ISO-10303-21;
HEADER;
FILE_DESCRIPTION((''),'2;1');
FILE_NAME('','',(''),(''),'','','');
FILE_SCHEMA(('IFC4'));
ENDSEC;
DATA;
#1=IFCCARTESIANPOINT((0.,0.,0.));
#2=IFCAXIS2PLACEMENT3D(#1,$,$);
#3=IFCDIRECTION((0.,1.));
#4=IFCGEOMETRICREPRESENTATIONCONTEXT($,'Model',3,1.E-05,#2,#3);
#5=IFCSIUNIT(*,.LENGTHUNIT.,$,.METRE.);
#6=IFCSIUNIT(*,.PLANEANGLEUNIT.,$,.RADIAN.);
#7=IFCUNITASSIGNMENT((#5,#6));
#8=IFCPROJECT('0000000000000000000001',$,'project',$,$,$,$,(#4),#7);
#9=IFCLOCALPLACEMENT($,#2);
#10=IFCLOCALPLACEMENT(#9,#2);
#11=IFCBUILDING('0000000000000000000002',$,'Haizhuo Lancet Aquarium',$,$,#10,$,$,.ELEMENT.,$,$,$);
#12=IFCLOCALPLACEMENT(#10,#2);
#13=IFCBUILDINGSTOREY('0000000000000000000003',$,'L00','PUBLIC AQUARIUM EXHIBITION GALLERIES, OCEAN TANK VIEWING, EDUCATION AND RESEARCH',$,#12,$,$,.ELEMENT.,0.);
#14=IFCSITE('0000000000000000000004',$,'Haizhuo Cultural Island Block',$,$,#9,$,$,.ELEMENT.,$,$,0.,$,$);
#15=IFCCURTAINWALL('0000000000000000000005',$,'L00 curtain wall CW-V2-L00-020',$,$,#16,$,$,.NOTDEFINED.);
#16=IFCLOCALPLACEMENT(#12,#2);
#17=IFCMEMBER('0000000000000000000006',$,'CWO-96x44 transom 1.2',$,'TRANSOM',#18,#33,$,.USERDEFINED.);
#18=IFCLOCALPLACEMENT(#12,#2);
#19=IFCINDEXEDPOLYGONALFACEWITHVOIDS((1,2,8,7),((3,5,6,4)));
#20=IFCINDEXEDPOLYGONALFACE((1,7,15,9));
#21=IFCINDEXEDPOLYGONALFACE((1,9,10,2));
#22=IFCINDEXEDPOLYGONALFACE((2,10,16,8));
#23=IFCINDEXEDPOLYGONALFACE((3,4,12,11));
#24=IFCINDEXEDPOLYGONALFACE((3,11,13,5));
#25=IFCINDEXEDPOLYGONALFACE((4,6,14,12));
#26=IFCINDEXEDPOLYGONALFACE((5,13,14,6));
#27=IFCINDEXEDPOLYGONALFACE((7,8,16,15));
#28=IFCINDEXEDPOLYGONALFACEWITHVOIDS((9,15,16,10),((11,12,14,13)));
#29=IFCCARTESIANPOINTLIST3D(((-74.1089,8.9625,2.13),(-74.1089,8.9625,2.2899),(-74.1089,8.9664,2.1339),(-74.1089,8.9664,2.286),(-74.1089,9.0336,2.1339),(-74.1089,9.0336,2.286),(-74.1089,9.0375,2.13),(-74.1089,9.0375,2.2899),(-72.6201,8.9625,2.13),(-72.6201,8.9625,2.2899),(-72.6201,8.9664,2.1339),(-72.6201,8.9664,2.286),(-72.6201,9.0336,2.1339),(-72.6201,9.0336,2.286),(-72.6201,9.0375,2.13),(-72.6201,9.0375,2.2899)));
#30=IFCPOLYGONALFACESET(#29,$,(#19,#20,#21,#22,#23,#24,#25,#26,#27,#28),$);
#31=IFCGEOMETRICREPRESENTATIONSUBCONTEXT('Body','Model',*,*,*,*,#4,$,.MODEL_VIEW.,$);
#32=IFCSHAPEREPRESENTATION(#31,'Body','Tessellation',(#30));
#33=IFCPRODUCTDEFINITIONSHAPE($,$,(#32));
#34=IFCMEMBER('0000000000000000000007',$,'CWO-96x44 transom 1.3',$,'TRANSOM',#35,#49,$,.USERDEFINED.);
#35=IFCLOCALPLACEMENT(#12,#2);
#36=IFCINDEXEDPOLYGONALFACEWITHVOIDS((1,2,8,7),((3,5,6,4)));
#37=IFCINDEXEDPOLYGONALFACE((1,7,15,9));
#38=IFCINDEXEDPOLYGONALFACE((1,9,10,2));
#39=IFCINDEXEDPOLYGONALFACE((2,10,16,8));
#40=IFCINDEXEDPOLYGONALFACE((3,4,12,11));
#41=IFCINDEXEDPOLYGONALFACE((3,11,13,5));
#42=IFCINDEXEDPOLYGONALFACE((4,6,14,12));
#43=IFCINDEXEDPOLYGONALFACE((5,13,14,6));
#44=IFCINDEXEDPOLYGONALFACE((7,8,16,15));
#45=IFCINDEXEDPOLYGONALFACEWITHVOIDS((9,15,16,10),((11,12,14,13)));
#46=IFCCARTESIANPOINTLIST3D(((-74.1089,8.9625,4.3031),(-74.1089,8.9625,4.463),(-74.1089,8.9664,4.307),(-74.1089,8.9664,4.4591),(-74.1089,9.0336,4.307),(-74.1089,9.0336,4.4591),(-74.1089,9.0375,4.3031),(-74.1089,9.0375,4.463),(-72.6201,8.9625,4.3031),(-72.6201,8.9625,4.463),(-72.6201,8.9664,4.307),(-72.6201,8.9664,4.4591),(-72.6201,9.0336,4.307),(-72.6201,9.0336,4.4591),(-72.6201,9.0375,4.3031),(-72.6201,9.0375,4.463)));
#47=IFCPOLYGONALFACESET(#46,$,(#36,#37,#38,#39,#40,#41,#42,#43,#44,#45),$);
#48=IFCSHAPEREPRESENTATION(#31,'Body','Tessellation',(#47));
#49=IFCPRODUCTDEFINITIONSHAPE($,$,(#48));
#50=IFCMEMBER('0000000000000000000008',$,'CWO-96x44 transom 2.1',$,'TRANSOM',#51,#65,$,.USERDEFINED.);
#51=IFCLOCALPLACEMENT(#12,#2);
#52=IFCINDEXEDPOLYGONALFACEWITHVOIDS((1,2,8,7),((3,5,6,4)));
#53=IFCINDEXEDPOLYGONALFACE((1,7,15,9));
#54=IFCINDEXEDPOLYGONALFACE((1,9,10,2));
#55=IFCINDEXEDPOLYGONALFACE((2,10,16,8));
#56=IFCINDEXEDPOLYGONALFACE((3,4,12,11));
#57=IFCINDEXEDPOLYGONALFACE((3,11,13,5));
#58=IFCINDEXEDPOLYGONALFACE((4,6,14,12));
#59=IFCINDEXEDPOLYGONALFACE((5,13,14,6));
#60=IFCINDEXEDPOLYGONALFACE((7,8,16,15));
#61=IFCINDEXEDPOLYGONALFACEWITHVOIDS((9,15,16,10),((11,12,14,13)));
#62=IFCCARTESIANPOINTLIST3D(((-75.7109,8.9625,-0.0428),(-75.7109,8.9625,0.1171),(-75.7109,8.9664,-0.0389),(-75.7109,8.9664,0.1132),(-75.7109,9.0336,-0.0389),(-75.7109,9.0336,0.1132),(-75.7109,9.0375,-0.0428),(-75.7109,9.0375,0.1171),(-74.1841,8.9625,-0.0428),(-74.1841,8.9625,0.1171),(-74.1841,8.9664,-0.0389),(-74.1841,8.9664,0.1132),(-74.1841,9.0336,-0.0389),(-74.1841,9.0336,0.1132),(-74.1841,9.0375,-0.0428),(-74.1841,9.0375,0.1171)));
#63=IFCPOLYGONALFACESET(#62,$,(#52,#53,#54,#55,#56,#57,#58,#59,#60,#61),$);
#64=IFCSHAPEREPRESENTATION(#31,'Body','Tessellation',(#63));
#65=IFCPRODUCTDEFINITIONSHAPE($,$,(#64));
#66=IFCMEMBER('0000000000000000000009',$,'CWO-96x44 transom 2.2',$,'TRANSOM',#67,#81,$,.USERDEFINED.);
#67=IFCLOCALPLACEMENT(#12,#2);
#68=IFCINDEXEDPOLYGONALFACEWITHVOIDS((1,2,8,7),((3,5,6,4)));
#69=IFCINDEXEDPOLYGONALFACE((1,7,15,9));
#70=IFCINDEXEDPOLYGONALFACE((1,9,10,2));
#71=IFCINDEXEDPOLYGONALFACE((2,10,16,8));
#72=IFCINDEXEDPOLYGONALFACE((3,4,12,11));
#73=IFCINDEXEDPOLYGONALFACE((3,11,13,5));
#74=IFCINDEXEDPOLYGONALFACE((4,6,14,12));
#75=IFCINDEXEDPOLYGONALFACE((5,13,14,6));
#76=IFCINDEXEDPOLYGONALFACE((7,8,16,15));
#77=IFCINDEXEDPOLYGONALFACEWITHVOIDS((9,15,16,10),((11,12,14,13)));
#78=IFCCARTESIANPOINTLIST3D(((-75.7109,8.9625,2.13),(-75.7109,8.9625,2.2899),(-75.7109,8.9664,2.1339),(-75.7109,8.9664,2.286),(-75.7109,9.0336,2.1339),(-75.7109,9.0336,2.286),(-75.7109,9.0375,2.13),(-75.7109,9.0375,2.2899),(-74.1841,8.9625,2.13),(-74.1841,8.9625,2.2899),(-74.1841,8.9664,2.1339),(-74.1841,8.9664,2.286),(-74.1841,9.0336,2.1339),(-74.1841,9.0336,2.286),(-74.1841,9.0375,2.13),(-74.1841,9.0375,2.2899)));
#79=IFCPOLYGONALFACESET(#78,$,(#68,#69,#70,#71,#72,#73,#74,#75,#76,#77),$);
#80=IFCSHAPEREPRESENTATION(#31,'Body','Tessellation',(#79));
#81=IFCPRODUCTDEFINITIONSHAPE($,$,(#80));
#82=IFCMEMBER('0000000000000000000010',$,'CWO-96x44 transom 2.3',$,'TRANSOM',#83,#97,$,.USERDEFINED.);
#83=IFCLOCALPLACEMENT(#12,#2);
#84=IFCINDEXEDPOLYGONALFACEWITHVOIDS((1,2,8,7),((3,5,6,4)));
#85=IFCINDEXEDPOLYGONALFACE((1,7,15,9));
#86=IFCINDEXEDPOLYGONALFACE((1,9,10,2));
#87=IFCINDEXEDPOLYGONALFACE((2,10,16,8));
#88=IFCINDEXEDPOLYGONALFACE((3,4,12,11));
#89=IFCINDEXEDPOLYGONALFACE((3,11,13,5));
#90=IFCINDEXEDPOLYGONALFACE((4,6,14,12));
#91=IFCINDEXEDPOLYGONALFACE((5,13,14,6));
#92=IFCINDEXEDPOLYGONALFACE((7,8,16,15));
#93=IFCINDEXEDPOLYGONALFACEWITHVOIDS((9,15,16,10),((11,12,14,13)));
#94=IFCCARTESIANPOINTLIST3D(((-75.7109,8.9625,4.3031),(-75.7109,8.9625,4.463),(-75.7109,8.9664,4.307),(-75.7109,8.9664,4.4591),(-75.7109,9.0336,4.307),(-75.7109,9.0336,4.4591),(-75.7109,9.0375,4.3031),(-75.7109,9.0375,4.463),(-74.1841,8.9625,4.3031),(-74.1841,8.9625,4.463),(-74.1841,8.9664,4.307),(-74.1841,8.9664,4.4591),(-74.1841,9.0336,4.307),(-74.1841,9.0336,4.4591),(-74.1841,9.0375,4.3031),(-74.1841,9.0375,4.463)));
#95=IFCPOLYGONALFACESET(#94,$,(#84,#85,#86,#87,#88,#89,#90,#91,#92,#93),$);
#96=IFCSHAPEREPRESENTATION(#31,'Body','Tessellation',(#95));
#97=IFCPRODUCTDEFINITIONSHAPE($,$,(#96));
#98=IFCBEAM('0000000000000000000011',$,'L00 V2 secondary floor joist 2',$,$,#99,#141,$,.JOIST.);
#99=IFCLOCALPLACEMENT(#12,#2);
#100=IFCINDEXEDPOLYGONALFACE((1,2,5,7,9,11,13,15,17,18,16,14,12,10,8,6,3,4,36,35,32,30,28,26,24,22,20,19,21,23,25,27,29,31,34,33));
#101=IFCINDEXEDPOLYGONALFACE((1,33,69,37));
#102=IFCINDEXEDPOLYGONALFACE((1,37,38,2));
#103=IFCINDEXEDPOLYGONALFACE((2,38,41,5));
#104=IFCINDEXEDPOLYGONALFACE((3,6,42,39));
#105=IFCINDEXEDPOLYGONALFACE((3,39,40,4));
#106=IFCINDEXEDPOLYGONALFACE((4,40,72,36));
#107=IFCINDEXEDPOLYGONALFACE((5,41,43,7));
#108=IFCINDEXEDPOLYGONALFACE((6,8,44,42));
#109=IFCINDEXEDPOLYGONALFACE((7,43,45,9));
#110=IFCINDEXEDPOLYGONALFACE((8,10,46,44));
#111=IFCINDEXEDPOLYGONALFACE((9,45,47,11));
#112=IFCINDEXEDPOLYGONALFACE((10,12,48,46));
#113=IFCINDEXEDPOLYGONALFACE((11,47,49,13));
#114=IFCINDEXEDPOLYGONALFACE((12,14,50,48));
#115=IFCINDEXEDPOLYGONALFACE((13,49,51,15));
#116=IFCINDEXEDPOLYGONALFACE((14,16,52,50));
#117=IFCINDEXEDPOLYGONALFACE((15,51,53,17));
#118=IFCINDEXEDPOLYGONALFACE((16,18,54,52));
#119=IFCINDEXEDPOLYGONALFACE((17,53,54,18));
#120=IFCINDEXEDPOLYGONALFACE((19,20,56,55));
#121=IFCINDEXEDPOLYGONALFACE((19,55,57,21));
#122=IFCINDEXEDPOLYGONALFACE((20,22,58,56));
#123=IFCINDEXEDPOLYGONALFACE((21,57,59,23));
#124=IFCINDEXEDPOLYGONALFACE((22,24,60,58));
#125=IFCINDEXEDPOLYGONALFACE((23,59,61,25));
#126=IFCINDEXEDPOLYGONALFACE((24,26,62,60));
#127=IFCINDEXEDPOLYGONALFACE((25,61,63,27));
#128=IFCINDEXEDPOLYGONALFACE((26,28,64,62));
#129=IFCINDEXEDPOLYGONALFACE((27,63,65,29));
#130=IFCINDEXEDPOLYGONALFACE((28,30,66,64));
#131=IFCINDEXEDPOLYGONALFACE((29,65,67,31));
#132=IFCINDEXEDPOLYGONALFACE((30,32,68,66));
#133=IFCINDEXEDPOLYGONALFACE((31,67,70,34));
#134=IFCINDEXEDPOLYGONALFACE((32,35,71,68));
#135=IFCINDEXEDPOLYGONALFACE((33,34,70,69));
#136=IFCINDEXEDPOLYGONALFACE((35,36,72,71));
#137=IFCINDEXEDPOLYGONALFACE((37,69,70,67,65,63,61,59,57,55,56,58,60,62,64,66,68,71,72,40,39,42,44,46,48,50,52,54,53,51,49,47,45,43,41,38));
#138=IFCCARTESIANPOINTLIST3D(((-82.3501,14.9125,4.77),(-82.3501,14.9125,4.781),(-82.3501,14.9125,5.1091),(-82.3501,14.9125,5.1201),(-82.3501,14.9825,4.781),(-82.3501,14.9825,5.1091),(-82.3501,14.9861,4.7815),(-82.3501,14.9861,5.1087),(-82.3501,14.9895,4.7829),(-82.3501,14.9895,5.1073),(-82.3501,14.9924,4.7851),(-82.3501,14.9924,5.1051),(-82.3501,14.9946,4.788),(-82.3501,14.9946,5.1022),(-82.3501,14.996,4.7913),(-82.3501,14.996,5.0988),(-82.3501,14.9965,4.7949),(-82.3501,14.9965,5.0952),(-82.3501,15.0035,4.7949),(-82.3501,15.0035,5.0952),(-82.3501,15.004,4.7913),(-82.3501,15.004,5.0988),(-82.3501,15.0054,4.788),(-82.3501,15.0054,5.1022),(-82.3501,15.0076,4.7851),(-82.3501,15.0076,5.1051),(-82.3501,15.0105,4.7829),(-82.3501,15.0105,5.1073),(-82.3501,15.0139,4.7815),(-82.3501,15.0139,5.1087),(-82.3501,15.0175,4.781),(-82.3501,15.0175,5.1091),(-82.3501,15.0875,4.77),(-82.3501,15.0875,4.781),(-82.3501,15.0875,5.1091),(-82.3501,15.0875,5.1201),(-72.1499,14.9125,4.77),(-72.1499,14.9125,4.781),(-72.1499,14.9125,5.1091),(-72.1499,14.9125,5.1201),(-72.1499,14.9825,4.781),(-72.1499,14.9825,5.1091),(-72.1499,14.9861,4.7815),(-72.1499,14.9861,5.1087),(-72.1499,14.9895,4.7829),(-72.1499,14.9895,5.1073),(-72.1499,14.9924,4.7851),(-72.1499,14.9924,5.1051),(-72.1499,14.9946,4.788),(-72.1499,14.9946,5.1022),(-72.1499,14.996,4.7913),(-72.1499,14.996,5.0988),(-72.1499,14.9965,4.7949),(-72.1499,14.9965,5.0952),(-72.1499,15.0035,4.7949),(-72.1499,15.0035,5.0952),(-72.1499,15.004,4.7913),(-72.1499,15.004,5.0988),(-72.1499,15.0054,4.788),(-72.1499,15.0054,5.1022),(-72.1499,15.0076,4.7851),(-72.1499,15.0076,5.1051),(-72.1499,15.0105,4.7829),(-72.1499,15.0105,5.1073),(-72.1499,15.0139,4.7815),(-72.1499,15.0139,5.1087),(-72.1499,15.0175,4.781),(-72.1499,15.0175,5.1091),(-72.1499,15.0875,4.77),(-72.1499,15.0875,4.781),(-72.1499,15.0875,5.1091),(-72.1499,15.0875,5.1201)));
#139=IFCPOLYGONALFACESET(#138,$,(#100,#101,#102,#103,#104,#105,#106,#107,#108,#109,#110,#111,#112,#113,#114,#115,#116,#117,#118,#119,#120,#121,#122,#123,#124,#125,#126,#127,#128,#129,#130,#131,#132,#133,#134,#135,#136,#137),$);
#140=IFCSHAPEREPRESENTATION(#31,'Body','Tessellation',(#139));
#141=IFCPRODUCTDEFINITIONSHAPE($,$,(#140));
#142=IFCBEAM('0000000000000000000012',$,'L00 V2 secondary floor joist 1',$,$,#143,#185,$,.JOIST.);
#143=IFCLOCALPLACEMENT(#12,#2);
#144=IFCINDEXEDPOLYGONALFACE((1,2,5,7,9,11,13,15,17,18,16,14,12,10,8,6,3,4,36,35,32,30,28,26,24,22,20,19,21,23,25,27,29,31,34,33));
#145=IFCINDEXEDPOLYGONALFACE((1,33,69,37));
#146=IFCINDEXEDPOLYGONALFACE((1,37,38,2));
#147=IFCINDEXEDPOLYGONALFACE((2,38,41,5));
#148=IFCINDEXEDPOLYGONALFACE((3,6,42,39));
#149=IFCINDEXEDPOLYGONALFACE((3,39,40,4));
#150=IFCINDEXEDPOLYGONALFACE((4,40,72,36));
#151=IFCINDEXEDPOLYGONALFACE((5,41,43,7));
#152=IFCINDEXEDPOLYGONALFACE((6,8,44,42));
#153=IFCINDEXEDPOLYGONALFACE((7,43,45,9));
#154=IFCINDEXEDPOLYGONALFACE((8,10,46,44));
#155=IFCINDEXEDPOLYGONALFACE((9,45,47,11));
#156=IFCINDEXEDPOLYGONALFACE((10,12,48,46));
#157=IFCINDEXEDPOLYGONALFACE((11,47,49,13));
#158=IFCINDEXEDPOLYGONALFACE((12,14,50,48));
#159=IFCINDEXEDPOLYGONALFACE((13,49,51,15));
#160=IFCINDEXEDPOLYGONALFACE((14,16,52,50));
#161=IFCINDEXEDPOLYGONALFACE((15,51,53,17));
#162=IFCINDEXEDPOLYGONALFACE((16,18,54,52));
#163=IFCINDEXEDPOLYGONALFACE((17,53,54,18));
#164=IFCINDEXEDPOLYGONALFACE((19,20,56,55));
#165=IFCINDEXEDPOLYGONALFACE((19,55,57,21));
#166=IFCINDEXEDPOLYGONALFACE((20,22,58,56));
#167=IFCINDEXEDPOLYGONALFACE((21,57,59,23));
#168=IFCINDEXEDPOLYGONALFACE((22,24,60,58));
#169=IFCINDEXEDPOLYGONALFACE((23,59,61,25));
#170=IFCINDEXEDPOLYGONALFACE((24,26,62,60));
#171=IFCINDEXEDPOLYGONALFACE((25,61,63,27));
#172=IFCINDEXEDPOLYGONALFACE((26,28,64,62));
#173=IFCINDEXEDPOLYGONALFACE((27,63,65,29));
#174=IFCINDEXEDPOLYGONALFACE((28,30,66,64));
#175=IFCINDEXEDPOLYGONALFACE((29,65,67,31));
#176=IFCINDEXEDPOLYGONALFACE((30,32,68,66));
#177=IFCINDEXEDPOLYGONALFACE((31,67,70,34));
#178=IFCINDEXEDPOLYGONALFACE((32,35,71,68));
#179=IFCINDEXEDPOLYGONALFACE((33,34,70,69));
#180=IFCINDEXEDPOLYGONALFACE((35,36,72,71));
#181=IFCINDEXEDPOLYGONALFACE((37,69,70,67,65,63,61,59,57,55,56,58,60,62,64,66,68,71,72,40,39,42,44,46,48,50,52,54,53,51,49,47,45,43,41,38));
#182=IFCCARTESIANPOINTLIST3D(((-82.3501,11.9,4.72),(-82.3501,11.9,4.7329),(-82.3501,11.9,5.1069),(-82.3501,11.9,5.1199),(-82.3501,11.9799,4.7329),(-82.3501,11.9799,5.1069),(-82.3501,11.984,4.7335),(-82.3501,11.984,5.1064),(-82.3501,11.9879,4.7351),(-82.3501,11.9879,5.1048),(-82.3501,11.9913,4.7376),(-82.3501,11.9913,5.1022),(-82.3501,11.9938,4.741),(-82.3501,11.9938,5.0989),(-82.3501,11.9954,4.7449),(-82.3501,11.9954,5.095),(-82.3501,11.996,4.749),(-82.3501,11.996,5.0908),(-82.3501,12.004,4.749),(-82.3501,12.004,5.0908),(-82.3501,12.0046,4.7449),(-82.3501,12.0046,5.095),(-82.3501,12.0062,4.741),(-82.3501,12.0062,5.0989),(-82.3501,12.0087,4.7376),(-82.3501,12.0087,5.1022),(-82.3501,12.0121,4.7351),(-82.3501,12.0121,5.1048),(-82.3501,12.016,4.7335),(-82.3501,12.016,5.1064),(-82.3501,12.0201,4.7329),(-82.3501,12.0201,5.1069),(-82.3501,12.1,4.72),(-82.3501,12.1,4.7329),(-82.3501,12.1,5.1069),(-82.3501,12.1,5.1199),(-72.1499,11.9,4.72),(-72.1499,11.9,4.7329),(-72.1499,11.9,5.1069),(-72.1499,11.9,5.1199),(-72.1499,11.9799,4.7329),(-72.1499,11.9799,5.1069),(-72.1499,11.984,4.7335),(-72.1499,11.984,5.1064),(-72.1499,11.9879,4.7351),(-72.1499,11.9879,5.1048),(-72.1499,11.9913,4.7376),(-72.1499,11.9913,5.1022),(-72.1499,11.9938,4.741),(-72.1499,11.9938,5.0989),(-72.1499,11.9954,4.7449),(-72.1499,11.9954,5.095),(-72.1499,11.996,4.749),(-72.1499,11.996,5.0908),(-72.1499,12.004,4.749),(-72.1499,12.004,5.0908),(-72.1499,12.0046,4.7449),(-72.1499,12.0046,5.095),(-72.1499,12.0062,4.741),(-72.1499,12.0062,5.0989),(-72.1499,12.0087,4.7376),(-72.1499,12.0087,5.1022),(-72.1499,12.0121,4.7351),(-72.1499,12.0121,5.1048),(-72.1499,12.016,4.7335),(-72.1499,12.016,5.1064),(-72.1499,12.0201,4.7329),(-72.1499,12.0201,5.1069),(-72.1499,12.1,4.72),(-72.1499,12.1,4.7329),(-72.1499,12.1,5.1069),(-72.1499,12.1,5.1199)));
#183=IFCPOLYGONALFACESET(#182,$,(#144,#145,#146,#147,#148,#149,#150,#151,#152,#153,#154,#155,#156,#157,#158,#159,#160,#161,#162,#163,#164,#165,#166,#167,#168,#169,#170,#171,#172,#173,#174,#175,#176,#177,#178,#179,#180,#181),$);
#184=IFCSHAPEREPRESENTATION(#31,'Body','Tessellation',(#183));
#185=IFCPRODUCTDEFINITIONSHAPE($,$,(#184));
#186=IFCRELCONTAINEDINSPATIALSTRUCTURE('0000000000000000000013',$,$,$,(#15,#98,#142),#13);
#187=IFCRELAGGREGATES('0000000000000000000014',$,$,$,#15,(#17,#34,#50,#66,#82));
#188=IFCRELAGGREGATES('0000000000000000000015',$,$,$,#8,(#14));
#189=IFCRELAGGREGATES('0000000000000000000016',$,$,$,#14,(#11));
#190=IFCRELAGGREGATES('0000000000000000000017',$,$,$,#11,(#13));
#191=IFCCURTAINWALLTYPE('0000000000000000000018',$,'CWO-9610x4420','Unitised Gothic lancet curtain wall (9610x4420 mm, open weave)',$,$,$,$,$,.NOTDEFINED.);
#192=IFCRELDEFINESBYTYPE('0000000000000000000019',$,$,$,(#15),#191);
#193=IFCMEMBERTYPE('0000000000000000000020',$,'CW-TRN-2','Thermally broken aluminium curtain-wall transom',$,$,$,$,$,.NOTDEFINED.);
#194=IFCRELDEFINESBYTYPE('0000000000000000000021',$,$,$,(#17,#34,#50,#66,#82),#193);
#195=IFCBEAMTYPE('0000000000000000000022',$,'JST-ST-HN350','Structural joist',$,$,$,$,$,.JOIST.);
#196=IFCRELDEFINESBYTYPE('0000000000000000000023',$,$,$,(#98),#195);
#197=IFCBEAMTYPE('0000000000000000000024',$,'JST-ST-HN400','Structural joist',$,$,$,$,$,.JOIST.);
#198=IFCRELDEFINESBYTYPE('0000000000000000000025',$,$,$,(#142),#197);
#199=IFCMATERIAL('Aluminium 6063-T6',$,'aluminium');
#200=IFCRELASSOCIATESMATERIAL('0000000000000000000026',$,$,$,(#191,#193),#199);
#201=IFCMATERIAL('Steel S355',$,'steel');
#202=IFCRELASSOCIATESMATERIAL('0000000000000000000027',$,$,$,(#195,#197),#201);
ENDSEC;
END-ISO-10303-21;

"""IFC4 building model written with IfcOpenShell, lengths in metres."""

from ifc_helpers import new_model, si_unit, direction, frame, origin, origin_2d, place, context, subcontext, project, spatial, hollow_rectangle, i_section, extrude, material, material_profile, profile_set, type_object, element, aggregate, save


model = new_model("IFC4")

# Units and contexts
model_context = context("Model", 3, precision=1e-05, world=origin(), true_north=direction((0.0, 1.0)))
body_context = subcontext(model_context, "Body", "Model", "MODEL_VIEW")
ifc_project = project(units=[si_unit("LENGTHUNIT", "METRE"), si_unit("PLANEANGLEUNIT", "RADIAN")], contexts=[model_context])

# Site, building, storey
site_placement = place(None, origin())
site = spatial("IfcSite", under=ifc_project, at=site_placement, Name="Haizhuo Cultural Island Block", CompositionType="ELEMENT", RefElevation=0.0)
building_placement = place(site_placement, origin())
building = spatial("IfcBuilding", under=site, at=building_placement, Name="Haizhuo Lancet Aquarium", CompositionType="ELEMENT")
storey_placement = place(building_placement, origin())
storey = spatial("IfcBuildingStorey", under=building, at=storey_placement, Name="L00", Description="PUBLIC AQUARIUM EXHIBITION GALLERIES, OCEAN TANK VIEWING, EDUCATION AND RESEARCH", CompositionType="ELEMENT", Elevation=0.0)

# Shared definitions
ifc_material_1 = material(Name="Steel S355", Category="steel")

# Shared definitions
ifc_material_2 = material(Name="Aluminium 6063-T6", Category="aluminium")

# Curtain wall
curtain_wall_type_1 = type_object("IfcCurtainWallType", Name="CWO-9610x4420", Description="Unitised Gothic lancet curtain wall (9610x4420 mm, open weave)", PredefinedType="NOTDEFINED", material=ifc_material_2)
curtain_wall_1_placement = place(storey_placement, origin())
curtain_wall_1 = element("IfcCurtainWall", 1, at=curtain_wall_1_placement, inside=storey, type_object=curtain_wall_type_1, Name="L00 curtain wall CW-V2-L00-020", PredefinedType="NOTDEFINED")

# Members
ifc_material_profile_1 = material_profile(ifc_material_2, hollow_rectangle(XDim=0.075, YDim=0.1599, WallThickness=0.0039, at=origin_2d()), Name="ALU-T 75x160x4")
ifc_profile_set_1 = profile_set([ifc_material_profile_1], Name="Aluminium 6063-T6")
member_type_1 = type_object("IfcMemberType", Name="CW-TRN-2", Description="Thermally broken aluminium curtain-wall transom", PredefinedType="NOTDEFINED", material=ifc_profile_set_1)
member_1_placement = place(storey_placement, frame((-72.6201, 9.0, 2.21), z_axis=(-1.0, 0.0, 0.0), x_axis=(0.0, -1.0, 0.0)))
member_1 = element("IfcMember", 2, at=member_1_placement, type_object=member_type_1, Name="CWO-96x44 transom 1.2", ObjectType="TRANSOM", PredefinedType="USERDEFINED", context=body_context, shape_type="SweptSolid", body=[
    extrude(hollow_rectangle(XDim=0.075, YDim=0.1599, WallThickness=0.0039, at=origin_2d()), origin(), (0.0, 0.0, 1.0), 1.4888),
])
member_2_placement = place(storey_placement, frame((-72.6201, 9.0, 4.3831), z_axis=(-1.0, 0.0, 0.0), x_axis=(0.0, -1.0, 0.0)))
member_2 = element("IfcMember", 3, at=member_2_placement, type_object=member_type_1, Name="CWO-96x44 transom 1.3", ObjectType="TRANSOM", PredefinedType="USERDEFINED", context=body_context, shape_type="SweptSolid", body=[
    extrude(hollow_rectangle(XDim=0.075, YDim=0.1599, WallThickness=0.0039, at=origin_2d()), origin(), (0.0, 0.0, 1.0), 1.4888),
])
member_3_placement = place(storey_placement, frame((-74.1841, 9.0, 0.0371), z_axis=(-1.0, 0.0, 0.0), x_axis=(0.0, -1.0, 0.0)))
member_3 = element("IfcMember", 4, at=member_3_placement, type_object=member_type_1, Name="CWO-96x44 transom 2.1", ObjectType="TRANSOM", PredefinedType="USERDEFINED", context=body_context, shape_type="SweptSolid", body=[
    extrude(hollow_rectangle(XDim=0.075, YDim=0.1599, WallThickness=0.0039, at=origin_2d()), origin(), (0.0, 0.0, 1.0), 1.5269),
])
member_4_placement = place(storey_placement, frame((-74.1841, 9.0, 2.21), z_axis=(-1.0, 0.0, 0.0), x_axis=(0.0, -1.0, 0.0)))
member_4 = element("IfcMember", 5, at=member_4_placement, type_object=member_type_1, Name="CWO-96x44 transom 2.2", ObjectType="TRANSOM", PredefinedType="USERDEFINED", context=body_context, shape_type="SweptSolid", body=[
    extrude(hollow_rectangle(XDim=0.075, YDim=0.1599, WallThickness=0.0039, at=origin_2d()), origin(), (0.0, 0.0, 1.0), 1.5269),
])
member_5_placement = place(storey_placement, frame((-74.1841, 9.0, 4.3831), z_axis=(-1.0, 0.0, 0.0), x_axis=(0.0, -1.0, 0.0)))
member_5 = element("IfcMember", 6, at=member_5_placement, type_object=member_type_1, Name="CWO-96x44 transom 2.3", ObjectType="TRANSOM", PredefinedType="USERDEFINED", context=body_context, shape_type="SweptSolid", body=[
    extrude(hollow_rectangle(XDim=0.075, YDim=0.1599, WallThickness=0.0039, at=origin_2d()), origin(), (0.0, 0.0, 1.0), 1.5269),
])

# Beams
ifc_material_profile_2 = material_profile(ifc_material_1, i_section(OverallWidth=0.175, OverallDepth=0.3501, WebThickness=0.0071, FlangeThickness=0.011, FilletRadius=0.0139, at=origin_2d()), Name="HN 350x175x7x11")
ifc_profile_set_2 = profile_set([ifc_material_profile_2], Name="Steel S355")
beam_type_1 = type_object("IfcBeamType", Name="JST-ST-HN350", Description="Structural joist", PredefinedType="JOIST", material=ifc_profile_set_2)
beam_1_placement = place(storey_placement, frame((-82.3501, 15.0, 4.9451), z_axis=(1.0, 0.0, 0.0), x_axis=(0.0, 1.0, 0.0)))
element("IfcBeam", 7, at=beam_1_placement, inside=storey, type_object=beam_type_1, Name="L00 V2 secondary floor joist 2", PredefinedType="JOIST", context=body_context, shape_type="SweptSolid", body=[
    extrude(i_section(OverallWidth=0.175, OverallDepth=0.3501, WebThickness=0.0071, FlangeThickness=0.011, FilletRadius=0.0139, at=origin_2d()), origin(), (0.0, 0.0, 1.0), 10.2002),
])
ifc_material_profile_3 = material_profile(ifc_material_1, i_section(OverallWidth=0.2, OverallDepth=0.3999, WebThickness=0.0081, FlangeThickness=0.0129, FilletRadius=0.0161, at=origin_2d()), Name="HN 400x200x8x13")
ifc_profile_set_3 = profile_set([ifc_material_profile_3], Name="Steel S355")
beam_type_2 = type_object("IfcBeamType", Name="JST-ST-HN400", Description="Structural joist", PredefinedType="JOIST", material=ifc_profile_set_3)
beam_2_placement = place(storey_placement, frame((-82.3501, 12.0, 4.9199), z_axis=(1.0, 0.0, 0.0), x_axis=(0.0, 1.0, 0.0)))
element("IfcBeam", 8, at=beam_2_placement, inside=storey, type_object=beam_type_2, Name="L00 V2 secondary floor joist 1", PredefinedType="JOIST", context=body_context, shape_type="SweptSolid", body=[
    extrude(i_section(OverallWidth=0.2, OverallDepth=0.3999, WebThickness=0.0081, FlangeThickness=0.0129, FilletRadius=0.0161, at=origin_2d()), origin(), (0.0, 0.0, 1.0), 10.2002),
])

aggregate(curtain_wall_1, [member_1, member_2, member_3, member_4, member_5])

save(model, "model.ifc")
